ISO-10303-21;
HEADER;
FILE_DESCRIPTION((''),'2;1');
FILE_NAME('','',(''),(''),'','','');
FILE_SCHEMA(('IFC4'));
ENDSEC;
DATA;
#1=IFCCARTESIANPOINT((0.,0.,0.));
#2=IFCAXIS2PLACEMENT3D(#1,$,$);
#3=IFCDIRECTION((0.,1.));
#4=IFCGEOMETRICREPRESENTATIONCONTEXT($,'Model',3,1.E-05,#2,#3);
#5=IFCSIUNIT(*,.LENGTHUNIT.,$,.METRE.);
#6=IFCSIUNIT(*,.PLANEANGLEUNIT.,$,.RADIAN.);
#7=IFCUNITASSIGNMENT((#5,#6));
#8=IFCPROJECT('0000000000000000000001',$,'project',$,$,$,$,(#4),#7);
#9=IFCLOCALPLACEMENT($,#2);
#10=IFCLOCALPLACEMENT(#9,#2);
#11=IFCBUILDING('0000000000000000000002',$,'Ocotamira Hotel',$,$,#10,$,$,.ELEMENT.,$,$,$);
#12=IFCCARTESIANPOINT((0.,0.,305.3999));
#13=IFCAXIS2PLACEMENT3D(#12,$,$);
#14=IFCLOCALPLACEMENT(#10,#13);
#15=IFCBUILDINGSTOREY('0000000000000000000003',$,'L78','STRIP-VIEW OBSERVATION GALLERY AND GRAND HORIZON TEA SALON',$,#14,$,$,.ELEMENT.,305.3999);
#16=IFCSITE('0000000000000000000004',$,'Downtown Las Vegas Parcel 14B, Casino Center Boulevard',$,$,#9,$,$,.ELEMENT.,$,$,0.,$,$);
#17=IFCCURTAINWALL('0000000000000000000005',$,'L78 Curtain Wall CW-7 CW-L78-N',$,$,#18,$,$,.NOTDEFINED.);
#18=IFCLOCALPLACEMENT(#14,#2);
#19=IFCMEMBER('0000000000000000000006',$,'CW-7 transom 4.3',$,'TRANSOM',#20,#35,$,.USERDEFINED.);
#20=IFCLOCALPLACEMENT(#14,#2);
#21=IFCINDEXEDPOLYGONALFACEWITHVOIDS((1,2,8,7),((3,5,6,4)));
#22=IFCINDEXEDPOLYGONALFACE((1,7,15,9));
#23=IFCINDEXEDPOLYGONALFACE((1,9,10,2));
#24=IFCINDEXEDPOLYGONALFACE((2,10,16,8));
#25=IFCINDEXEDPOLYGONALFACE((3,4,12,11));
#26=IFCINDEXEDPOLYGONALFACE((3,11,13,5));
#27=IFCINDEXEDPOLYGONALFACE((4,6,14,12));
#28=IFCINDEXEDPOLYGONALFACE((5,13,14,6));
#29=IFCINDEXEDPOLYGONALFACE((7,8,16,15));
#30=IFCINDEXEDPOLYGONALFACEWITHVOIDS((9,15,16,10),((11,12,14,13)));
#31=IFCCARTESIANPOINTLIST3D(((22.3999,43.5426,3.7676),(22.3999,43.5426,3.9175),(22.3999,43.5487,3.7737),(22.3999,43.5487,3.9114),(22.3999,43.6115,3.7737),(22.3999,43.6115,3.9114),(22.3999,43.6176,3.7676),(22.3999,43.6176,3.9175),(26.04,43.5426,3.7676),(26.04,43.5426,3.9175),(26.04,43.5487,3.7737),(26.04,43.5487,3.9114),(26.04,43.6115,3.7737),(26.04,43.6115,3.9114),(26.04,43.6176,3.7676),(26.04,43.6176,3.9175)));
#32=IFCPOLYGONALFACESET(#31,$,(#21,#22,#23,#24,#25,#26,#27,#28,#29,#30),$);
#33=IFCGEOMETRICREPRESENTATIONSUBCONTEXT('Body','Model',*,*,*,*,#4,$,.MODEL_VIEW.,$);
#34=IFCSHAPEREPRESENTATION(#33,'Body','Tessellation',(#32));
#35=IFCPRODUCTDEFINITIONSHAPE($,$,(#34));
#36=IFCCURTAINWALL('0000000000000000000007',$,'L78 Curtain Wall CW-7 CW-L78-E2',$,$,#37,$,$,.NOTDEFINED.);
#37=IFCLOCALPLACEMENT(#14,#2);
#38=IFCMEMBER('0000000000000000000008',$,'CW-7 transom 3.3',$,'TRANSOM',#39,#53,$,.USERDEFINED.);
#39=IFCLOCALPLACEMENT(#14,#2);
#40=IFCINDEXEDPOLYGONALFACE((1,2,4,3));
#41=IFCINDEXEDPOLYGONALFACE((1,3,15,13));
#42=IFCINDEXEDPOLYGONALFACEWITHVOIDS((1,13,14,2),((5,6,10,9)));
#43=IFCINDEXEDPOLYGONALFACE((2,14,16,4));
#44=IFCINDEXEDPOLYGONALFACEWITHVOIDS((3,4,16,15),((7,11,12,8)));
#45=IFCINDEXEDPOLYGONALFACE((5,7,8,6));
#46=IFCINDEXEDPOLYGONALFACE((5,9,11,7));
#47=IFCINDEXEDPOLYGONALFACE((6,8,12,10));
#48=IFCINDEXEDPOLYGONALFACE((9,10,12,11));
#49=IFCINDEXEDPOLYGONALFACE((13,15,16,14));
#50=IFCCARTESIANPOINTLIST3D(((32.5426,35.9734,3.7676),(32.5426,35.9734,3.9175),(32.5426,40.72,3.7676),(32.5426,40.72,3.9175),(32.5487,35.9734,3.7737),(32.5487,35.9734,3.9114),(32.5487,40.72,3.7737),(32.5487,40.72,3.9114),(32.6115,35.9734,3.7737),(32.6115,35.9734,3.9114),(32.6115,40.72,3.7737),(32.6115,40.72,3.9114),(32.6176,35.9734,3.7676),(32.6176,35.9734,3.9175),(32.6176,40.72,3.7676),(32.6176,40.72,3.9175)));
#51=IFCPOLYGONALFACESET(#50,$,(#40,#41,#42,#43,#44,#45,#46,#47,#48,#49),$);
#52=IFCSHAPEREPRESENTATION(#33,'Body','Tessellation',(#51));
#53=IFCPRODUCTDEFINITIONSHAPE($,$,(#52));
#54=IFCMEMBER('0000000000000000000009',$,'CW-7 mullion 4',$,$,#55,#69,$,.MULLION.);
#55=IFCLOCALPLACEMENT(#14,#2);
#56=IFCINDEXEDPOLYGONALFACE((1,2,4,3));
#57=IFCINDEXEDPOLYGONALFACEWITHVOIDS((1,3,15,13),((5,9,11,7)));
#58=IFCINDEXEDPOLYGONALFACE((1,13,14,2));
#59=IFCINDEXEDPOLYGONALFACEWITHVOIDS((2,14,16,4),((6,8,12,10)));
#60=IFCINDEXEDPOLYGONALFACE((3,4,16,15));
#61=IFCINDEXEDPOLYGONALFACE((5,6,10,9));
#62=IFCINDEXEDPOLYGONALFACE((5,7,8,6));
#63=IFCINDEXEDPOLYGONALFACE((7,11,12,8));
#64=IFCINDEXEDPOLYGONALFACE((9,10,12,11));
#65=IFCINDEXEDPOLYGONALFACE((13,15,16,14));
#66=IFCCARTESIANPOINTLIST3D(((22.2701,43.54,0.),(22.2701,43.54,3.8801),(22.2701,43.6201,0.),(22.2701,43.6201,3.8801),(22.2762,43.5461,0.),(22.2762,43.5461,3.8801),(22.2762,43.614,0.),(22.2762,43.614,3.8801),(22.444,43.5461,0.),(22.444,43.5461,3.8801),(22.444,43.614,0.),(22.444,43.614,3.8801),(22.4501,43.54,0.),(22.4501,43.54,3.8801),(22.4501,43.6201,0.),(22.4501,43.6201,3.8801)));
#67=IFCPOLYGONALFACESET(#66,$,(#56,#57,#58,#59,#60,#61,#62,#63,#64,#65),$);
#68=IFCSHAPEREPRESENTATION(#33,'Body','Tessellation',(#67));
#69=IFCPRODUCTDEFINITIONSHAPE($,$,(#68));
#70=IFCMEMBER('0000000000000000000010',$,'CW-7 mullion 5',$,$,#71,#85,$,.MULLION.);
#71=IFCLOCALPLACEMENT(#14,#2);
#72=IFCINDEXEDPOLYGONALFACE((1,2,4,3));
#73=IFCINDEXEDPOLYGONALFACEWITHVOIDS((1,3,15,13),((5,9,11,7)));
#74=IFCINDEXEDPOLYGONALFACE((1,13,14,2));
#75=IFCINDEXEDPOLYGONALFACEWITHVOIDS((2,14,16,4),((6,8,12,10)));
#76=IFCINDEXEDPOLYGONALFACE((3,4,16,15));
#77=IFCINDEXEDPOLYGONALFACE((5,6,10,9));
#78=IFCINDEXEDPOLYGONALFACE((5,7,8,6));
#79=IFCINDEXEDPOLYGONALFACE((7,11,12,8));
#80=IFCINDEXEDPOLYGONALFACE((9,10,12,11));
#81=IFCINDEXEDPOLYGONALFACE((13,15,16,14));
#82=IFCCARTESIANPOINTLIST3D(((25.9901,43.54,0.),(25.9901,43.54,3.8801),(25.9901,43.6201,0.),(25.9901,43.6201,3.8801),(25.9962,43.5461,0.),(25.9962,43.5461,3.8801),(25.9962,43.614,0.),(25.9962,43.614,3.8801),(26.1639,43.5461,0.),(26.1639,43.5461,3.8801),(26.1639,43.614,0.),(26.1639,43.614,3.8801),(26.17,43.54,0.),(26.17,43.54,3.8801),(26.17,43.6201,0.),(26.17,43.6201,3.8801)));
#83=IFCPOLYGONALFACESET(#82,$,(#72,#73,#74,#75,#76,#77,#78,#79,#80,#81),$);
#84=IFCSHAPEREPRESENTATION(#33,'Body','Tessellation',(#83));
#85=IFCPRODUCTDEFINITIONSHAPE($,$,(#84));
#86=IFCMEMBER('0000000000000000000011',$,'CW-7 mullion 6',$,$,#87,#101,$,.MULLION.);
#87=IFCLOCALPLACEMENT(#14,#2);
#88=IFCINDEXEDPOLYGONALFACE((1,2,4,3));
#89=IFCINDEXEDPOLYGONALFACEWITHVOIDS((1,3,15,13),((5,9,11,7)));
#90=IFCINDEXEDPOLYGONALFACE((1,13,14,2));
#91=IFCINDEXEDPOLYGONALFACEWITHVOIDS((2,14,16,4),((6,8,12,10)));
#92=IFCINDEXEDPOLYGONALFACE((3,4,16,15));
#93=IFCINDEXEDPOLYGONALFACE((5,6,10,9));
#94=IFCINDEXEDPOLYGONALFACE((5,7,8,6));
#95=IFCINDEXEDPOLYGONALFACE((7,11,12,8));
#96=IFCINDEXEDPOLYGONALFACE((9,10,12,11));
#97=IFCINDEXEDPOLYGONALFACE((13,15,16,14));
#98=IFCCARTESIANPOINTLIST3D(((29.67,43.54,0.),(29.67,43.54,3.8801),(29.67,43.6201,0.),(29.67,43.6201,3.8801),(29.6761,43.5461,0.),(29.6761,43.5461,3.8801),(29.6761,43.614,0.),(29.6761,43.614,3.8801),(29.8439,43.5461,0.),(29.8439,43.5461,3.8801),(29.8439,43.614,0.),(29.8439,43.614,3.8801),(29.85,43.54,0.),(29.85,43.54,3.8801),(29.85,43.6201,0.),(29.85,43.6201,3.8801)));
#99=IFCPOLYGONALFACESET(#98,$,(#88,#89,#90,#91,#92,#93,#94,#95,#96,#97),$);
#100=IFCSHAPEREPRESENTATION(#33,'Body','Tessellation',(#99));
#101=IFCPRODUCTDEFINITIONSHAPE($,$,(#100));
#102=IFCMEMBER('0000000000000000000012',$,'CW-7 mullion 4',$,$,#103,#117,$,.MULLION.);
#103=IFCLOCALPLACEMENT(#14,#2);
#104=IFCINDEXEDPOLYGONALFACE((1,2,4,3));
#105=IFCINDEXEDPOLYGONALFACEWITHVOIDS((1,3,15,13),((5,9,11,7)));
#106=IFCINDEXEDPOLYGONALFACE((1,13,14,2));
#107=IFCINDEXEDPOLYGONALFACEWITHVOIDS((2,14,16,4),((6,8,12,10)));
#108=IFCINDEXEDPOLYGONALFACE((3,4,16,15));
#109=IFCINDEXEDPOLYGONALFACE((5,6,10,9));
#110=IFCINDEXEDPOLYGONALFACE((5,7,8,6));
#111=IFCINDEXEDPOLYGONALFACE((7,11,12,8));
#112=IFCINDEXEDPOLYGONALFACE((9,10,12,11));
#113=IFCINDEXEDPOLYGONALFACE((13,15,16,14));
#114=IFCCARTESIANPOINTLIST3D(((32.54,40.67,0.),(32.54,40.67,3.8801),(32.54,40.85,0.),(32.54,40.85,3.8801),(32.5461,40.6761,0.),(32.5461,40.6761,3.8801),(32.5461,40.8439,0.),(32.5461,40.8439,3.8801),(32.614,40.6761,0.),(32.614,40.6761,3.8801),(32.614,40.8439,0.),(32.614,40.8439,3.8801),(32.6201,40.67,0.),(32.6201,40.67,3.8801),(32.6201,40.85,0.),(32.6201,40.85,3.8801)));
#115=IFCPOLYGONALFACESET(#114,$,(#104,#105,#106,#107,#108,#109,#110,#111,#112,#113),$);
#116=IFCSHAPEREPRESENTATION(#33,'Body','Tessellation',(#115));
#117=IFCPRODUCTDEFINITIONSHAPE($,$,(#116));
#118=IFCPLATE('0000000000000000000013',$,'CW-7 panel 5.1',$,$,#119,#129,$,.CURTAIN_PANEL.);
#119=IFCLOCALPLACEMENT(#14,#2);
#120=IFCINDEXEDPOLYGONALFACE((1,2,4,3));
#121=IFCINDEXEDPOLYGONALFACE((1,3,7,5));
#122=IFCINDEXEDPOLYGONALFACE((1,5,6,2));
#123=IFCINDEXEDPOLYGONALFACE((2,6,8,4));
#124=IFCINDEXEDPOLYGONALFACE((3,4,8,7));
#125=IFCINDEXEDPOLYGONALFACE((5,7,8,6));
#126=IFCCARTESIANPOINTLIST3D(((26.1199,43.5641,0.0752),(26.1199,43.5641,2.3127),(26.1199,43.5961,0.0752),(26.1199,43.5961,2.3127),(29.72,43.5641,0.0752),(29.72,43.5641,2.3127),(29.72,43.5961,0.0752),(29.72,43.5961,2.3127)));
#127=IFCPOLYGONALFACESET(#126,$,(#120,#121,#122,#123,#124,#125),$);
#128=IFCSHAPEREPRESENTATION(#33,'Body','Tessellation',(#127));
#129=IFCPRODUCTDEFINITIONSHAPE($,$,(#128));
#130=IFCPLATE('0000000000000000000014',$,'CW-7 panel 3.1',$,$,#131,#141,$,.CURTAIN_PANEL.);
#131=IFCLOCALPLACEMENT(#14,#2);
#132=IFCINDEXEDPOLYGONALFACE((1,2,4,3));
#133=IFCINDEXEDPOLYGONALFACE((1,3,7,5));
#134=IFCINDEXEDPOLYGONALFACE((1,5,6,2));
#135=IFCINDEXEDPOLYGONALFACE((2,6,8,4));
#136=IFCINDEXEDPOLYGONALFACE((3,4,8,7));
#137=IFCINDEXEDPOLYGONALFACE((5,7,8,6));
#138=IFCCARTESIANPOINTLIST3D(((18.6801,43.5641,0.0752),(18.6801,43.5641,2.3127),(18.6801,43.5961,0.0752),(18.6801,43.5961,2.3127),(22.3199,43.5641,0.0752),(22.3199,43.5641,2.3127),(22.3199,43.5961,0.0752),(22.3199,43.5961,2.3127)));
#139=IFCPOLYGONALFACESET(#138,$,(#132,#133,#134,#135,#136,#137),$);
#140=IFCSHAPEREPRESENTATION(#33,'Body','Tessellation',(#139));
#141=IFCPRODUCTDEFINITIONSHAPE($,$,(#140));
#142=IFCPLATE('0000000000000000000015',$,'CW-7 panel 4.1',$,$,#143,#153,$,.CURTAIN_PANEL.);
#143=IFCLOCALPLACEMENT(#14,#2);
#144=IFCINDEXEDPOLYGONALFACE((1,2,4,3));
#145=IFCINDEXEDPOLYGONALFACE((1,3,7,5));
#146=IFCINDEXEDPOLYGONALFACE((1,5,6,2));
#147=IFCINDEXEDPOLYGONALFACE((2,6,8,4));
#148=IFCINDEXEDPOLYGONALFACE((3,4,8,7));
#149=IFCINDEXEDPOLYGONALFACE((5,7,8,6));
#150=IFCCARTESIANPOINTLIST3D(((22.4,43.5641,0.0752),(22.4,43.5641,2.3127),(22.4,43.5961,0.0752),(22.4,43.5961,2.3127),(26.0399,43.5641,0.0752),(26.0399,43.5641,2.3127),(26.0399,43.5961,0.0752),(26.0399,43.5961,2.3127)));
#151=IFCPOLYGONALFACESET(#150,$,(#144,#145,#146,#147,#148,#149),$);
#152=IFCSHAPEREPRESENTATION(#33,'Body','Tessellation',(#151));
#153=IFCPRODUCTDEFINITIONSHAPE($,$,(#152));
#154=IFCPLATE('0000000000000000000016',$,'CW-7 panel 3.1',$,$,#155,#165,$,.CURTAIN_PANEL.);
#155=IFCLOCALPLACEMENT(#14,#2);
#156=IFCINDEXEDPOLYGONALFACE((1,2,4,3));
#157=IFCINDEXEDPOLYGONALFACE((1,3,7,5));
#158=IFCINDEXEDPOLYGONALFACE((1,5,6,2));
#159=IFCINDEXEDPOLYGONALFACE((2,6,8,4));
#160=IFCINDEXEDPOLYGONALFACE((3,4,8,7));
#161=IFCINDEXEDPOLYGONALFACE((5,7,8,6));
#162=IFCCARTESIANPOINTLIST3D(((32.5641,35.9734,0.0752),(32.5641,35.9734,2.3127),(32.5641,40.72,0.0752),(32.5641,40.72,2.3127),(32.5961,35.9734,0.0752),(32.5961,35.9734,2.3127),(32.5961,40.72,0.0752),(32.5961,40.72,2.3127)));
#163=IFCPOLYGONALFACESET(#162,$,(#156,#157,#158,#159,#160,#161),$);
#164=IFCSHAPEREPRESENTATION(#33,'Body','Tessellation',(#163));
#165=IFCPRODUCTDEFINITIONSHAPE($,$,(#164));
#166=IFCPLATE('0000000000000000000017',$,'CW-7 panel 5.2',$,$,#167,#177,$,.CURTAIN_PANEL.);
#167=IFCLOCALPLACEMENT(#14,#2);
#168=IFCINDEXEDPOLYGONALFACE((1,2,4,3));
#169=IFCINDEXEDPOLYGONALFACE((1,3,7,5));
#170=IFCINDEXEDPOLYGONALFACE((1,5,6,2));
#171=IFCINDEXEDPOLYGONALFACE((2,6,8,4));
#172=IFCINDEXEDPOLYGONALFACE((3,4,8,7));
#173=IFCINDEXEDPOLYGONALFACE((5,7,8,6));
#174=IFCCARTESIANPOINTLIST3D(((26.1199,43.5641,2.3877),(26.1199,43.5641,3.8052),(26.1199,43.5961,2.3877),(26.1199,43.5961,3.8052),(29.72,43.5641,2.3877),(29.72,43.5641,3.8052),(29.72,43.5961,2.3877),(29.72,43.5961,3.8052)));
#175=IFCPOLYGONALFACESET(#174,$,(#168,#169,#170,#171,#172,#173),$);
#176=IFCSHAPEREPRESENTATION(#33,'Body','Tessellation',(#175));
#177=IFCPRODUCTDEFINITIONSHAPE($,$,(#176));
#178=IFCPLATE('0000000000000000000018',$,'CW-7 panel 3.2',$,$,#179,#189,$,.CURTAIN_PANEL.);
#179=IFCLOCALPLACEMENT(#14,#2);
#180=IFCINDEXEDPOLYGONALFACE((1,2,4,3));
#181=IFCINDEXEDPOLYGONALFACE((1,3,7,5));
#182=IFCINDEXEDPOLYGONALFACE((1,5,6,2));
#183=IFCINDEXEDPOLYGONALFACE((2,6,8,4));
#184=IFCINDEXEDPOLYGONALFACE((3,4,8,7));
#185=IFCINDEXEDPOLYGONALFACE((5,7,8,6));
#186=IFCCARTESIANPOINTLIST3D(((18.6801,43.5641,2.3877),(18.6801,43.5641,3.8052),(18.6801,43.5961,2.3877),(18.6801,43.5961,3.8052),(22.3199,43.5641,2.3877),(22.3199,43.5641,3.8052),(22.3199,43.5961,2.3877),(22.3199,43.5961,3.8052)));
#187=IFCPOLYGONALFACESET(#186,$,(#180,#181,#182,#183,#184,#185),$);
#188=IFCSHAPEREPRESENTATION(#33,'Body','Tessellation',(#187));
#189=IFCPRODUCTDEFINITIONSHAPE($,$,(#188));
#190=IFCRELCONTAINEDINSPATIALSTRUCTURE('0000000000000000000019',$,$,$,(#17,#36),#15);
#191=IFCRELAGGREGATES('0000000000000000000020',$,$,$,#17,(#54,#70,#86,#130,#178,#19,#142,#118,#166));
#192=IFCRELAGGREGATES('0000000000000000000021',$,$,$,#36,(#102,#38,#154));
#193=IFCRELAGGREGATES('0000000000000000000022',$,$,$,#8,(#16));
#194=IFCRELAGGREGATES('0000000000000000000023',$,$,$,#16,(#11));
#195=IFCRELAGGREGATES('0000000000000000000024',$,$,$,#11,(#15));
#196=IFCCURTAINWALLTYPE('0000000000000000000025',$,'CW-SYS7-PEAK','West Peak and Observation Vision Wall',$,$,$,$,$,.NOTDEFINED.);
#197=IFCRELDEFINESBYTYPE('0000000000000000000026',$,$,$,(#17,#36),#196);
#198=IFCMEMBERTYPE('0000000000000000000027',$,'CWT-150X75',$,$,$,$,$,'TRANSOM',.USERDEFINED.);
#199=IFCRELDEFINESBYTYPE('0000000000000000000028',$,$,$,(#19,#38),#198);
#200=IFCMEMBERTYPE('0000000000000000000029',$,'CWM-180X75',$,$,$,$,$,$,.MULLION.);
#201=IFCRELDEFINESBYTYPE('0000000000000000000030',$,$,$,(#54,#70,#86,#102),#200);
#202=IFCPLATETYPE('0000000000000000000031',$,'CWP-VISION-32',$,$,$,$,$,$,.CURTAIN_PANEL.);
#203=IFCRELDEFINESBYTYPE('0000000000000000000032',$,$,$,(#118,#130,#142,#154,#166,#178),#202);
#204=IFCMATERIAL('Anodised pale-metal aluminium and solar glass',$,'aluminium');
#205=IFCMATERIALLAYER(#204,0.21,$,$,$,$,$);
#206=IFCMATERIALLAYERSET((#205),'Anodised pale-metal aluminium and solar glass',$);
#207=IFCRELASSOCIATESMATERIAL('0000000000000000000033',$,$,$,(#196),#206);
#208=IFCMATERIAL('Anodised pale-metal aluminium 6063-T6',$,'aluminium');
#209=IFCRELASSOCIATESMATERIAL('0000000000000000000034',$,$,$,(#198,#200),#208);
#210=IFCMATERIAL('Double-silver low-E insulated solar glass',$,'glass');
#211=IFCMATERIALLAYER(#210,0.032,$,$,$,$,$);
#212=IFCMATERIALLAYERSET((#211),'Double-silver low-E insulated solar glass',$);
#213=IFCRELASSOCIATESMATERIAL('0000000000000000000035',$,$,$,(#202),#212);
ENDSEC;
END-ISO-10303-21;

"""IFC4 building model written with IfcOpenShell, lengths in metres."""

from ifc_helpers import new_model, si_unit, direction, frame, origin, origin_2d, place, context, subcontext, project, spatial, rectangle, hollow_rectangle, extrude, source, transform, mapped, material, layer, layer_set, material_profile, profile_set, type_object, element, aggregate, save


model = new_model("IFC4")

# Units and contexts
model_context = context("Model", 3, precision=1e-05, world=origin(), true_north=direction((0.0, 1.0)))
body_context = subcontext(model_context, "Body", "Model", "MODEL_VIEW")
ifc_project = project(units=[si_unit("LENGTHUNIT", "METRE"), si_unit("PLANEANGLEUNIT", "RADIAN")], contexts=[model_context])

# Site, building, storey
site_placement = place(None, origin())
site = spatial("IfcSite", under=ifc_project, at=site_placement, Name="Downtown Las Vegas Parcel 14B, Casino Center Boulevard", CompositionType="ELEMENT", RefElevation=0.0)
building_placement = place(site_placement, origin())
building = spatial("IfcBuilding", under=site, at=building_placement, Name="Ocotamira Hotel", CompositionType="ELEMENT")
storey_placement = place(building_placement, frame((0.0, 0.0, 305.3999)))
storey = spatial("IfcBuildingStorey", under=building, at=storey_placement, Name="L78", Description="STRIP-VIEW OBSERVATION GALLERY AND GRAND HORIZON TEA SALON", CompositionType="ELEMENT", Elevation=305.3999)

# Curtain wall, member
ifc_material_1 = material(Name="Anodised pale-metal aluminium and solar glass", Category="aluminium")
ifc_layer_1 = layer(ifc_material_1, 0.21)
ifc_layer_set_1 = layer_set([ifc_layer_1], Name="Anodised pale-metal aluminium and solar glass")
curtain_wall_type = type_object("IfcCurtainWallType", Name="CW-SYS7-PEAK", Description="West Peak and Observation Vision Wall", PredefinedType="NOTDEFINED", material=ifc_layer_set_1)
curtain_wall_1_placement = place(storey_placement, origin())
curtain_wall_1 = element("IfcCurtainWall", 1, at=curtain_wall_1_placement, inside=storey, type_object=curtain_wall_type, Name="L78 Curtain Wall CW-7 CW-L78-N", PredefinedType="NOTDEFINED")
ifc_material_2 = material(Name="Anodised pale-metal aluminium 6063-T6", Category="aluminium")
ifc_material_profile_1 = material_profile(ifc_material_2, hollow_rectangle(XDim=0.075, YDim=0.1499, WallThickness=0.0061, at=origin_2d()), Name="HSS150X75X6")
ifc_profile_set_1 = profile_set([ifc_material_profile_1], Name="Anodised pale-metal aluminium 6063-T6")
member_type_1 = type_object("IfcMemberType", Name="CWT-150X75", ElementType="TRANSOM", PredefinedType="USERDEFINED", material=ifc_profile_set_1)
shared_shape_1 = source(origin(), body_context, "Body", "SweptSolid", [
    extrude(hollow_rectangle(XDim=0.075, YDim=0.1499, WallThickness=0.0061, at=origin_2d()), origin(), (0.0, 0.0, 1.0), 3.6401),
])
member_1_placement = place(storey_placement, frame((22.3999, 43.5801, 3.8425), z_axis=(1.0, 0.0, 0.0), x_axis=(0.0, 1.0, 0.0)))
member_1 = element("IfcMember", 2, at=member_1_placement, type_object=member_type_1, Name="CW-7 transom 4.3", ObjectType="TRANSOM", PredefinedType="USERDEFINED", context=body_context, shape_type="MappedRepresentation", body=[
    mapped(shared_shape_1, transform((0.0, 0.0, 0.0), scale=1.0)),
])

# Curtain wall, member
curtain_wall_2_placement = place(storey_placement, origin())
curtain_wall_2 = element("IfcCurtainWall", 3, at=curtain_wall_2_placement, inside=storey, type_object=curtain_wall_type, Name="L78 Curtain Wall CW-7 CW-L78-E2", PredefinedType="NOTDEFINED")
shared_shape_2 = source(origin(), body_context, "Body", "SweptSolid", [
    extrude(hollow_rectangle(XDim=0.075, YDim=0.1499, WallThickness=0.0061, at=origin_2d()), origin(), (0.0, 0.0, 1.0), 4.7466),
])
member_2_placement = place(storey_placement, frame((32.5801, 35.9734, 3.8425), z_axis=(0.0, 1.0, 0.0), x_axis=(-1.0, 0.0, 0.0)))
member_2 = element("IfcMember", 4, at=member_2_placement, type_object=member_type_1, Name="CW-7 transom 3.3", ObjectType="TRANSOM", PredefinedType="USERDEFINED", context=body_context, shape_type="MappedRepresentation", body=[
    mapped(shared_shape_2, transform((0.0, 0.0, 0.0), scale=1.0)),
])

# Members
ifc_material_profile_2 = material_profile(ifc_material_2, hollow_rectangle(XDim=0.0801, YDim=0.1799, WallThickness=0.0061, at=origin_2d()), Name="HSS180X80X6")
ifc_profile_set_2 = profile_set([ifc_material_profile_2], Name="Anodised pale-metal aluminium 6063-T6")
member_type_2 = type_object("IfcMemberType", Name="CWM-180X75", PredefinedType="MULLION", material=ifc_profile_set_2)
shared_shape_3 = source(origin(), body_context, "Body", "SweptSolid", [
    extrude(hollow_rectangle(XDim=0.0801, YDim=0.1799, WallThickness=0.0061, at=origin_2d()), origin(), (0.0, 0.0, 1.0), 3.8801),
])
member_3_placement = place(storey_placement, frame((22.3601, 43.5801, 0.0), z_axis=(0.0, 0.0, 1.0), x_axis=(0.0, 1.0, 0.0)))
member_3 = element("IfcMember", 5, at=member_3_placement, type_object=member_type_2, Name="CW-7 mullion 4", PredefinedType="MULLION", context=body_context, shape_type="MappedRepresentation", body=[
    mapped(shared_shape_3, transform((0.0, 0.0, 0.0), scale=1.0)),
])
member_4_placement = place(storey_placement, frame((26.0801, 43.5801, 0.0), z_axis=(0.0, 0.0, 1.0), x_axis=(0.0, 1.0, 0.0)))
member_4 = element("IfcMember", 6, at=member_4_placement, type_object=member_type_2, Name="CW-7 mullion 5", PredefinedType="MULLION", context=body_context, shape_type="MappedRepresentation", body=[
    mapped(shared_shape_3, transform((0.0, 0.0, 0.0), scale=1.0)),
])
member_5_placement = place(storey_placement, frame((29.76, 43.5801, 0.0), z_axis=(0.0, 0.0, 1.0), x_axis=(0.0, 1.0, 0.0)))
member_5 = element("IfcMember", 7, at=member_5_placement, type_object=member_type_2, Name="CW-7 mullion 6", PredefinedType="MULLION", context=body_context, shape_type="MappedRepresentation", body=[
    mapped(shared_shape_3, transform((0.0, 0.0, 0.0), scale=1.0)),
])
member_6_placement = place(storey_placement, frame((32.5801, 40.76, 0.0), z_axis=(0.0, 0.0, 1.0), x_axis=(-1.0, 0.0, 0.0)))
member_6 = element("IfcMember", 8, at=member_6_placement, type_object=member_type_2, Name="CW-7 mullion 4", PredefinedType="MULLION", context=body_context, shape_type="MappedRepresentation", body=[
    mapped(shared_shape_3, transform((0.0, 0.0, 0.0), scale=1.0)),
])

# Plates
ifc_material_3 = material(Name="Double-silver low-E insulated solar glass", Category="glass")
ifc_layer_2 = layer(ifc_material_3, 0.032)
ifc_layer_set_2 = layer_set([ifc_layer_2], Name="Double-silver low-E insulated solar glass")
plate_type = type_object("IfcPlateType", Name="CWP-VISION-32", PredefinedType="CURTAIN_PANEL", material=ifc_layer_set_2)
shared_shape_4 = source(origin(), body_context, "Body", "SweptSolid", [
    extrude(rectangle(XDim=3.6001, YDim=0.032, at=origin_2d()), origin(), (0.0, 0.0, 1.0), 2.2375),
])
plate_1_placement = place(storey_placement, frame((27.9199, 43.5801, 0.0752), z_axis=(0.0, 0.0, 1.0), x_axis=(1.0, 0.0, 0.0)))
plate_1 = element("IfcPlate", 9, at=plate_1_placement, type_object=plate_type, Name="CW-7 panel 5.1", PredefinedType="CURTAIN_PANEL", context=body_context, shape_type="MappedRepresentation", body=[
    mapped(shared_shape_4, transform((0.0, 0.0, 0.0), scale=1.0)),
])
shared_shape_5 = source(origin(), body_context, "Body", "SweptSolid", [
    extrude(rectangle(XDim=3.6399, YDim=0.032, at=origin_2d()), origin(), (0.0, 0.0, 1.0), 2.2375),
])
plate_2_placement = place(storey_placement, frame((20.5, 43.5801, 0.0752), z_axis=(0.0, 0.0, 1.0), x_axis=(1.0, 0.0, 0.0)))
plate_2 = element("IfcPlate", 10, at=plate_2_placement, type_object=plate_type, Name="CW-7 panel 3.1", PredefinedType="CURTAIN_PANEL", context=body_context, shape_type="MappedRepresentation", body=[
    mapped(shared_shape_5, transform((0.0, 0.0, 0.0), scale=1.0)),
])
plate_3_placement = place(storey_placement, frame((24.22, 43.5801, 0.0752), z_axis=(0.0, 0.0, 1.0), x_axis=(1.0, 0.0, 0.0)))
plate_3 = element("IfcPlate", 11, at=plate_3_placement, type_object=plate_type, Name="CW-7 panel 4.1", PredefinedType="CURTAIN_PANEL", context=body_context, shape_type="MappedRepresentation", body=[
    mapped(shared_shape_5, transform((0.0, 0.0, 0.0), scale=1.0)),
])
shared_shape_6 = source(origin(), body_context, "Body", "SweptSolid", [
    extrude(rectangle(XDim=4.7466, YDim=0.032, at=origin_2d()), origin(), (0.0, 0.0, 1.0), 2.2375),
])
plate_4_placement = place(storey_placement, frame((32.5801, 38.3467, 0.0752), z_axis=(0.0, 0.0, 1.0), x_axis=(0.0, 1.0, 0.0)))
plate_4 = element("IfcPlate", 12, at=plate_4_placement, type_object=plate_type, Name="CW-7 panel 3.1", PredefinedType="CURTAIN_PANEL", context=body_context, shape_type="MappedRepresentation", body=[
    mapped(shared_shape_6, transform((0.0, 0.0, 0.0), scale=1.0)),
])
shared_shape_7 = source(origin(), body_context, "Body", "SweptSolid", [
    extrude(rectangle(XDim=3.6001, YDim=0.032, at=origin_2d()), origin(), (0.0, 0.0, 1.0), 1.4175),
])
plate_5_placement = place(storey_placement, frame((27.9199, 43.5801, 2.3877), z_axis=(0.0, 0.0, 1.0), x_axis=(1.0, 0.0, 0.0)))
plate_5 = element("IfcPlate", 13, at=plate_5_placement, type_object=plate_type, Name="CW-7 panel 5.2", PredefinedType="CURTAIN_PANEL", context=body_context, shape_type="MappedRepresentation", body=[
    mapped(shared_shape_7, transform((0.0, 0.0, 0.0), scale=1.0)),
])
shared_shape_8 = source(origin(), body_context, "Body", "SweptSolid", [
    extrude(rectangle(XDim=3.6399, YDim=0.032, at=origin_2d()), origin(), (0.0, 0.0, 1.0), 1.4175),
])
plate_6_placement = place(storey_placement, frame((20.5, 43.5801, 2.3877), z_axis=(0.0, 0.0, 1.0), x_axis=(1.0, 0.0, 0.0)))
plate_6 = element("IfcPlate", 14, at=plate_6_placement, type_object=plate_type, Name="CW-7 panel 3.2", PredefinedType="CURTAIN_PANEL", context=body_context, shape_type="MappedRepresentation", body=[
    mapped(shared_shape_8, transform((0.0, 0.0, 0.0), scale=1.0)),
])
aggregate(curtain_wall_1, [member_3, member_4, member_5, plate_2, plate_6, member_1, plate_3, plate_1, plate_5])
aggregate(curtain_wall_2, [member_6, member_2, plate_4])

save(model, "model.ifc")
